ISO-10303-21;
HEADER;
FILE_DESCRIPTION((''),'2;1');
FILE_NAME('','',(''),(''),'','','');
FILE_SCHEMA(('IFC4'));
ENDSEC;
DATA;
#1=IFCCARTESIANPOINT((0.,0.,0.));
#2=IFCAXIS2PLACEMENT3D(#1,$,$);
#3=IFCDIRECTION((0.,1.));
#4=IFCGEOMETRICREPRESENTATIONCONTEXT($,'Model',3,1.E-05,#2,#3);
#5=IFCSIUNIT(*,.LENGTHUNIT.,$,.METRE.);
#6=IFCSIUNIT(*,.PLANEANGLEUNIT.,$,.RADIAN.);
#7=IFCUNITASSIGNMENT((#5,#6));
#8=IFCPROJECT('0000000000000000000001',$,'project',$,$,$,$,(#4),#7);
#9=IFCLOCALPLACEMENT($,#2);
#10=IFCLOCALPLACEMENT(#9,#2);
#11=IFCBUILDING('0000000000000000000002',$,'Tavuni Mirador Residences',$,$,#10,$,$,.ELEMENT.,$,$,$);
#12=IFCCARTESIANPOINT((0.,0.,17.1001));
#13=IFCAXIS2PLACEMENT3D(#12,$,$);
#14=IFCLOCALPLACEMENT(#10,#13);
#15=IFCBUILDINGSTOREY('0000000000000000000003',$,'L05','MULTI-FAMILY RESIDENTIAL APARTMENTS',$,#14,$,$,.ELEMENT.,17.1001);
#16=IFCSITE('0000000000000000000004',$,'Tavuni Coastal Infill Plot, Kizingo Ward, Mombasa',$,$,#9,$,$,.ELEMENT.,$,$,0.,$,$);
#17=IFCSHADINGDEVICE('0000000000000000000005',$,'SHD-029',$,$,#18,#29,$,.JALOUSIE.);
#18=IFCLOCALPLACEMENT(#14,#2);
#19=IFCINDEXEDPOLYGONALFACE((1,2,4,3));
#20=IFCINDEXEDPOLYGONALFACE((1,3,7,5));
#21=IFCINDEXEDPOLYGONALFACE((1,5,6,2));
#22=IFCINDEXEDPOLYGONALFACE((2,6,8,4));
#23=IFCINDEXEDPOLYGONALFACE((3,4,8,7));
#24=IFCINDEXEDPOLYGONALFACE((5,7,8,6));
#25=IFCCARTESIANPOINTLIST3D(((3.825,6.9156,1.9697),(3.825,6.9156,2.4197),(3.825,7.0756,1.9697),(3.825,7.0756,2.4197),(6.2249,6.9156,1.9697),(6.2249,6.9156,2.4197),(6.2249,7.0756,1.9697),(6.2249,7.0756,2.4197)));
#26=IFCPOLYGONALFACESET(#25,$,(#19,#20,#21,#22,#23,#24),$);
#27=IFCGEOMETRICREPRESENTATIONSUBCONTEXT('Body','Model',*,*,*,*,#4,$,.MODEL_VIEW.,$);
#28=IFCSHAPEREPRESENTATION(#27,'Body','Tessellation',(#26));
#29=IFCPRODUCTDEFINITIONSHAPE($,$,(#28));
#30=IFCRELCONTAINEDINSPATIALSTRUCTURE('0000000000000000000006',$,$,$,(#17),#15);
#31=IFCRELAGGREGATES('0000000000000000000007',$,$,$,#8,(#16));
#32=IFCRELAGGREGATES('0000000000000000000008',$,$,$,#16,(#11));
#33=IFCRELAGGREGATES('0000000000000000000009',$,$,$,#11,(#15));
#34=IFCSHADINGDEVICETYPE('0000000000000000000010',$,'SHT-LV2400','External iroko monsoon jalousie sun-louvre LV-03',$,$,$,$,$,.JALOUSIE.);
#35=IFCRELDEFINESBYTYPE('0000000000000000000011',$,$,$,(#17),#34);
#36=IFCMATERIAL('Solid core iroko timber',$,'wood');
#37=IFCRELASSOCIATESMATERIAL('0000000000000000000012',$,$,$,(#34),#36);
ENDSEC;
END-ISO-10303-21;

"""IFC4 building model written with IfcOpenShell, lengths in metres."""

from ifc_helpers import new_model, si_unit, direction, frame, origin, origin_2d, place, context, subcontext, project, spatial, rectangle, extrude, material, type_object, element, save


model = new_model("IFC4")

# Units and contexts
model_context = context("Model", 3, precision=1e-05, world=origin(), true_north=direction((0.0, 1.0)))
body_context = subcontext(model_context, "Body", "Model", "MODEL_VIEW")
ifc_project = project(units=[si_unit("LENGTHUNIT", "METRE"), si_unit("PLANEANGLEUNIT", "RADIAN")], contexts=[model_context])

# Site, building, storey
site_placement = place(None, origin())
site = spatial("IfcSite", under=ifc_project, at=site_placement, Name="Tavuni Coastal Infill Plot, Kizingo Ward, Mombasa", CompositionType="ELEMENT", RefElevation=0.0)
building_placement = place(site_placement, origin())
building = spatial("IfcBuilding", under=site, at=building_placement, Name="Tavuni Mirador Residences", CompositionType="ELEMENT")
storey_placement = place(building_placement, frame((0.0, 0.0, 17.1001)))
storey = spatial("IfcBuildingStorey", under=building, at=storey_placement, Name="L05", Description="MULTI-FAMILY RESIDENTIAL APARTMENTS", CompositionType="ELEMENT", Elevation=17.1001)

# Shared definitions
ifc_material_1 = material(Name="Solid core iroko timber", Category="wood")

# Shading device
shading_device_type_1 = type_object("IfcShadingDeviceType", Name="SHT-LV2400", Description="External iroko monsoon jalousie sun-louvre LV-03", PredefinedType="JALOUSIE", material=ifc_material_1)
shading_device_1_placement = place(storey_placement, frame((5.0249, 6.9956, 1.9697), z_axis=(0.0, 0.0, 1.0), x_axis=(1.0, 0.0, 0.0)))
element("IfcShadingDevice", 1, at=shading_device_1_placement, inside=storey, type_object=shading_device_type_1, Name="SHD-029", PredefinedType="JALOUSIE", context=body_context, shape_type="SweptSolid", body=[
    extrude(rectangle(XDim=2.3999, YDim=0.1599, at=origin_2d()), origin(), (0.0, 0.0, 1.0), 0.45),
])

save(model, "model.ifc")
